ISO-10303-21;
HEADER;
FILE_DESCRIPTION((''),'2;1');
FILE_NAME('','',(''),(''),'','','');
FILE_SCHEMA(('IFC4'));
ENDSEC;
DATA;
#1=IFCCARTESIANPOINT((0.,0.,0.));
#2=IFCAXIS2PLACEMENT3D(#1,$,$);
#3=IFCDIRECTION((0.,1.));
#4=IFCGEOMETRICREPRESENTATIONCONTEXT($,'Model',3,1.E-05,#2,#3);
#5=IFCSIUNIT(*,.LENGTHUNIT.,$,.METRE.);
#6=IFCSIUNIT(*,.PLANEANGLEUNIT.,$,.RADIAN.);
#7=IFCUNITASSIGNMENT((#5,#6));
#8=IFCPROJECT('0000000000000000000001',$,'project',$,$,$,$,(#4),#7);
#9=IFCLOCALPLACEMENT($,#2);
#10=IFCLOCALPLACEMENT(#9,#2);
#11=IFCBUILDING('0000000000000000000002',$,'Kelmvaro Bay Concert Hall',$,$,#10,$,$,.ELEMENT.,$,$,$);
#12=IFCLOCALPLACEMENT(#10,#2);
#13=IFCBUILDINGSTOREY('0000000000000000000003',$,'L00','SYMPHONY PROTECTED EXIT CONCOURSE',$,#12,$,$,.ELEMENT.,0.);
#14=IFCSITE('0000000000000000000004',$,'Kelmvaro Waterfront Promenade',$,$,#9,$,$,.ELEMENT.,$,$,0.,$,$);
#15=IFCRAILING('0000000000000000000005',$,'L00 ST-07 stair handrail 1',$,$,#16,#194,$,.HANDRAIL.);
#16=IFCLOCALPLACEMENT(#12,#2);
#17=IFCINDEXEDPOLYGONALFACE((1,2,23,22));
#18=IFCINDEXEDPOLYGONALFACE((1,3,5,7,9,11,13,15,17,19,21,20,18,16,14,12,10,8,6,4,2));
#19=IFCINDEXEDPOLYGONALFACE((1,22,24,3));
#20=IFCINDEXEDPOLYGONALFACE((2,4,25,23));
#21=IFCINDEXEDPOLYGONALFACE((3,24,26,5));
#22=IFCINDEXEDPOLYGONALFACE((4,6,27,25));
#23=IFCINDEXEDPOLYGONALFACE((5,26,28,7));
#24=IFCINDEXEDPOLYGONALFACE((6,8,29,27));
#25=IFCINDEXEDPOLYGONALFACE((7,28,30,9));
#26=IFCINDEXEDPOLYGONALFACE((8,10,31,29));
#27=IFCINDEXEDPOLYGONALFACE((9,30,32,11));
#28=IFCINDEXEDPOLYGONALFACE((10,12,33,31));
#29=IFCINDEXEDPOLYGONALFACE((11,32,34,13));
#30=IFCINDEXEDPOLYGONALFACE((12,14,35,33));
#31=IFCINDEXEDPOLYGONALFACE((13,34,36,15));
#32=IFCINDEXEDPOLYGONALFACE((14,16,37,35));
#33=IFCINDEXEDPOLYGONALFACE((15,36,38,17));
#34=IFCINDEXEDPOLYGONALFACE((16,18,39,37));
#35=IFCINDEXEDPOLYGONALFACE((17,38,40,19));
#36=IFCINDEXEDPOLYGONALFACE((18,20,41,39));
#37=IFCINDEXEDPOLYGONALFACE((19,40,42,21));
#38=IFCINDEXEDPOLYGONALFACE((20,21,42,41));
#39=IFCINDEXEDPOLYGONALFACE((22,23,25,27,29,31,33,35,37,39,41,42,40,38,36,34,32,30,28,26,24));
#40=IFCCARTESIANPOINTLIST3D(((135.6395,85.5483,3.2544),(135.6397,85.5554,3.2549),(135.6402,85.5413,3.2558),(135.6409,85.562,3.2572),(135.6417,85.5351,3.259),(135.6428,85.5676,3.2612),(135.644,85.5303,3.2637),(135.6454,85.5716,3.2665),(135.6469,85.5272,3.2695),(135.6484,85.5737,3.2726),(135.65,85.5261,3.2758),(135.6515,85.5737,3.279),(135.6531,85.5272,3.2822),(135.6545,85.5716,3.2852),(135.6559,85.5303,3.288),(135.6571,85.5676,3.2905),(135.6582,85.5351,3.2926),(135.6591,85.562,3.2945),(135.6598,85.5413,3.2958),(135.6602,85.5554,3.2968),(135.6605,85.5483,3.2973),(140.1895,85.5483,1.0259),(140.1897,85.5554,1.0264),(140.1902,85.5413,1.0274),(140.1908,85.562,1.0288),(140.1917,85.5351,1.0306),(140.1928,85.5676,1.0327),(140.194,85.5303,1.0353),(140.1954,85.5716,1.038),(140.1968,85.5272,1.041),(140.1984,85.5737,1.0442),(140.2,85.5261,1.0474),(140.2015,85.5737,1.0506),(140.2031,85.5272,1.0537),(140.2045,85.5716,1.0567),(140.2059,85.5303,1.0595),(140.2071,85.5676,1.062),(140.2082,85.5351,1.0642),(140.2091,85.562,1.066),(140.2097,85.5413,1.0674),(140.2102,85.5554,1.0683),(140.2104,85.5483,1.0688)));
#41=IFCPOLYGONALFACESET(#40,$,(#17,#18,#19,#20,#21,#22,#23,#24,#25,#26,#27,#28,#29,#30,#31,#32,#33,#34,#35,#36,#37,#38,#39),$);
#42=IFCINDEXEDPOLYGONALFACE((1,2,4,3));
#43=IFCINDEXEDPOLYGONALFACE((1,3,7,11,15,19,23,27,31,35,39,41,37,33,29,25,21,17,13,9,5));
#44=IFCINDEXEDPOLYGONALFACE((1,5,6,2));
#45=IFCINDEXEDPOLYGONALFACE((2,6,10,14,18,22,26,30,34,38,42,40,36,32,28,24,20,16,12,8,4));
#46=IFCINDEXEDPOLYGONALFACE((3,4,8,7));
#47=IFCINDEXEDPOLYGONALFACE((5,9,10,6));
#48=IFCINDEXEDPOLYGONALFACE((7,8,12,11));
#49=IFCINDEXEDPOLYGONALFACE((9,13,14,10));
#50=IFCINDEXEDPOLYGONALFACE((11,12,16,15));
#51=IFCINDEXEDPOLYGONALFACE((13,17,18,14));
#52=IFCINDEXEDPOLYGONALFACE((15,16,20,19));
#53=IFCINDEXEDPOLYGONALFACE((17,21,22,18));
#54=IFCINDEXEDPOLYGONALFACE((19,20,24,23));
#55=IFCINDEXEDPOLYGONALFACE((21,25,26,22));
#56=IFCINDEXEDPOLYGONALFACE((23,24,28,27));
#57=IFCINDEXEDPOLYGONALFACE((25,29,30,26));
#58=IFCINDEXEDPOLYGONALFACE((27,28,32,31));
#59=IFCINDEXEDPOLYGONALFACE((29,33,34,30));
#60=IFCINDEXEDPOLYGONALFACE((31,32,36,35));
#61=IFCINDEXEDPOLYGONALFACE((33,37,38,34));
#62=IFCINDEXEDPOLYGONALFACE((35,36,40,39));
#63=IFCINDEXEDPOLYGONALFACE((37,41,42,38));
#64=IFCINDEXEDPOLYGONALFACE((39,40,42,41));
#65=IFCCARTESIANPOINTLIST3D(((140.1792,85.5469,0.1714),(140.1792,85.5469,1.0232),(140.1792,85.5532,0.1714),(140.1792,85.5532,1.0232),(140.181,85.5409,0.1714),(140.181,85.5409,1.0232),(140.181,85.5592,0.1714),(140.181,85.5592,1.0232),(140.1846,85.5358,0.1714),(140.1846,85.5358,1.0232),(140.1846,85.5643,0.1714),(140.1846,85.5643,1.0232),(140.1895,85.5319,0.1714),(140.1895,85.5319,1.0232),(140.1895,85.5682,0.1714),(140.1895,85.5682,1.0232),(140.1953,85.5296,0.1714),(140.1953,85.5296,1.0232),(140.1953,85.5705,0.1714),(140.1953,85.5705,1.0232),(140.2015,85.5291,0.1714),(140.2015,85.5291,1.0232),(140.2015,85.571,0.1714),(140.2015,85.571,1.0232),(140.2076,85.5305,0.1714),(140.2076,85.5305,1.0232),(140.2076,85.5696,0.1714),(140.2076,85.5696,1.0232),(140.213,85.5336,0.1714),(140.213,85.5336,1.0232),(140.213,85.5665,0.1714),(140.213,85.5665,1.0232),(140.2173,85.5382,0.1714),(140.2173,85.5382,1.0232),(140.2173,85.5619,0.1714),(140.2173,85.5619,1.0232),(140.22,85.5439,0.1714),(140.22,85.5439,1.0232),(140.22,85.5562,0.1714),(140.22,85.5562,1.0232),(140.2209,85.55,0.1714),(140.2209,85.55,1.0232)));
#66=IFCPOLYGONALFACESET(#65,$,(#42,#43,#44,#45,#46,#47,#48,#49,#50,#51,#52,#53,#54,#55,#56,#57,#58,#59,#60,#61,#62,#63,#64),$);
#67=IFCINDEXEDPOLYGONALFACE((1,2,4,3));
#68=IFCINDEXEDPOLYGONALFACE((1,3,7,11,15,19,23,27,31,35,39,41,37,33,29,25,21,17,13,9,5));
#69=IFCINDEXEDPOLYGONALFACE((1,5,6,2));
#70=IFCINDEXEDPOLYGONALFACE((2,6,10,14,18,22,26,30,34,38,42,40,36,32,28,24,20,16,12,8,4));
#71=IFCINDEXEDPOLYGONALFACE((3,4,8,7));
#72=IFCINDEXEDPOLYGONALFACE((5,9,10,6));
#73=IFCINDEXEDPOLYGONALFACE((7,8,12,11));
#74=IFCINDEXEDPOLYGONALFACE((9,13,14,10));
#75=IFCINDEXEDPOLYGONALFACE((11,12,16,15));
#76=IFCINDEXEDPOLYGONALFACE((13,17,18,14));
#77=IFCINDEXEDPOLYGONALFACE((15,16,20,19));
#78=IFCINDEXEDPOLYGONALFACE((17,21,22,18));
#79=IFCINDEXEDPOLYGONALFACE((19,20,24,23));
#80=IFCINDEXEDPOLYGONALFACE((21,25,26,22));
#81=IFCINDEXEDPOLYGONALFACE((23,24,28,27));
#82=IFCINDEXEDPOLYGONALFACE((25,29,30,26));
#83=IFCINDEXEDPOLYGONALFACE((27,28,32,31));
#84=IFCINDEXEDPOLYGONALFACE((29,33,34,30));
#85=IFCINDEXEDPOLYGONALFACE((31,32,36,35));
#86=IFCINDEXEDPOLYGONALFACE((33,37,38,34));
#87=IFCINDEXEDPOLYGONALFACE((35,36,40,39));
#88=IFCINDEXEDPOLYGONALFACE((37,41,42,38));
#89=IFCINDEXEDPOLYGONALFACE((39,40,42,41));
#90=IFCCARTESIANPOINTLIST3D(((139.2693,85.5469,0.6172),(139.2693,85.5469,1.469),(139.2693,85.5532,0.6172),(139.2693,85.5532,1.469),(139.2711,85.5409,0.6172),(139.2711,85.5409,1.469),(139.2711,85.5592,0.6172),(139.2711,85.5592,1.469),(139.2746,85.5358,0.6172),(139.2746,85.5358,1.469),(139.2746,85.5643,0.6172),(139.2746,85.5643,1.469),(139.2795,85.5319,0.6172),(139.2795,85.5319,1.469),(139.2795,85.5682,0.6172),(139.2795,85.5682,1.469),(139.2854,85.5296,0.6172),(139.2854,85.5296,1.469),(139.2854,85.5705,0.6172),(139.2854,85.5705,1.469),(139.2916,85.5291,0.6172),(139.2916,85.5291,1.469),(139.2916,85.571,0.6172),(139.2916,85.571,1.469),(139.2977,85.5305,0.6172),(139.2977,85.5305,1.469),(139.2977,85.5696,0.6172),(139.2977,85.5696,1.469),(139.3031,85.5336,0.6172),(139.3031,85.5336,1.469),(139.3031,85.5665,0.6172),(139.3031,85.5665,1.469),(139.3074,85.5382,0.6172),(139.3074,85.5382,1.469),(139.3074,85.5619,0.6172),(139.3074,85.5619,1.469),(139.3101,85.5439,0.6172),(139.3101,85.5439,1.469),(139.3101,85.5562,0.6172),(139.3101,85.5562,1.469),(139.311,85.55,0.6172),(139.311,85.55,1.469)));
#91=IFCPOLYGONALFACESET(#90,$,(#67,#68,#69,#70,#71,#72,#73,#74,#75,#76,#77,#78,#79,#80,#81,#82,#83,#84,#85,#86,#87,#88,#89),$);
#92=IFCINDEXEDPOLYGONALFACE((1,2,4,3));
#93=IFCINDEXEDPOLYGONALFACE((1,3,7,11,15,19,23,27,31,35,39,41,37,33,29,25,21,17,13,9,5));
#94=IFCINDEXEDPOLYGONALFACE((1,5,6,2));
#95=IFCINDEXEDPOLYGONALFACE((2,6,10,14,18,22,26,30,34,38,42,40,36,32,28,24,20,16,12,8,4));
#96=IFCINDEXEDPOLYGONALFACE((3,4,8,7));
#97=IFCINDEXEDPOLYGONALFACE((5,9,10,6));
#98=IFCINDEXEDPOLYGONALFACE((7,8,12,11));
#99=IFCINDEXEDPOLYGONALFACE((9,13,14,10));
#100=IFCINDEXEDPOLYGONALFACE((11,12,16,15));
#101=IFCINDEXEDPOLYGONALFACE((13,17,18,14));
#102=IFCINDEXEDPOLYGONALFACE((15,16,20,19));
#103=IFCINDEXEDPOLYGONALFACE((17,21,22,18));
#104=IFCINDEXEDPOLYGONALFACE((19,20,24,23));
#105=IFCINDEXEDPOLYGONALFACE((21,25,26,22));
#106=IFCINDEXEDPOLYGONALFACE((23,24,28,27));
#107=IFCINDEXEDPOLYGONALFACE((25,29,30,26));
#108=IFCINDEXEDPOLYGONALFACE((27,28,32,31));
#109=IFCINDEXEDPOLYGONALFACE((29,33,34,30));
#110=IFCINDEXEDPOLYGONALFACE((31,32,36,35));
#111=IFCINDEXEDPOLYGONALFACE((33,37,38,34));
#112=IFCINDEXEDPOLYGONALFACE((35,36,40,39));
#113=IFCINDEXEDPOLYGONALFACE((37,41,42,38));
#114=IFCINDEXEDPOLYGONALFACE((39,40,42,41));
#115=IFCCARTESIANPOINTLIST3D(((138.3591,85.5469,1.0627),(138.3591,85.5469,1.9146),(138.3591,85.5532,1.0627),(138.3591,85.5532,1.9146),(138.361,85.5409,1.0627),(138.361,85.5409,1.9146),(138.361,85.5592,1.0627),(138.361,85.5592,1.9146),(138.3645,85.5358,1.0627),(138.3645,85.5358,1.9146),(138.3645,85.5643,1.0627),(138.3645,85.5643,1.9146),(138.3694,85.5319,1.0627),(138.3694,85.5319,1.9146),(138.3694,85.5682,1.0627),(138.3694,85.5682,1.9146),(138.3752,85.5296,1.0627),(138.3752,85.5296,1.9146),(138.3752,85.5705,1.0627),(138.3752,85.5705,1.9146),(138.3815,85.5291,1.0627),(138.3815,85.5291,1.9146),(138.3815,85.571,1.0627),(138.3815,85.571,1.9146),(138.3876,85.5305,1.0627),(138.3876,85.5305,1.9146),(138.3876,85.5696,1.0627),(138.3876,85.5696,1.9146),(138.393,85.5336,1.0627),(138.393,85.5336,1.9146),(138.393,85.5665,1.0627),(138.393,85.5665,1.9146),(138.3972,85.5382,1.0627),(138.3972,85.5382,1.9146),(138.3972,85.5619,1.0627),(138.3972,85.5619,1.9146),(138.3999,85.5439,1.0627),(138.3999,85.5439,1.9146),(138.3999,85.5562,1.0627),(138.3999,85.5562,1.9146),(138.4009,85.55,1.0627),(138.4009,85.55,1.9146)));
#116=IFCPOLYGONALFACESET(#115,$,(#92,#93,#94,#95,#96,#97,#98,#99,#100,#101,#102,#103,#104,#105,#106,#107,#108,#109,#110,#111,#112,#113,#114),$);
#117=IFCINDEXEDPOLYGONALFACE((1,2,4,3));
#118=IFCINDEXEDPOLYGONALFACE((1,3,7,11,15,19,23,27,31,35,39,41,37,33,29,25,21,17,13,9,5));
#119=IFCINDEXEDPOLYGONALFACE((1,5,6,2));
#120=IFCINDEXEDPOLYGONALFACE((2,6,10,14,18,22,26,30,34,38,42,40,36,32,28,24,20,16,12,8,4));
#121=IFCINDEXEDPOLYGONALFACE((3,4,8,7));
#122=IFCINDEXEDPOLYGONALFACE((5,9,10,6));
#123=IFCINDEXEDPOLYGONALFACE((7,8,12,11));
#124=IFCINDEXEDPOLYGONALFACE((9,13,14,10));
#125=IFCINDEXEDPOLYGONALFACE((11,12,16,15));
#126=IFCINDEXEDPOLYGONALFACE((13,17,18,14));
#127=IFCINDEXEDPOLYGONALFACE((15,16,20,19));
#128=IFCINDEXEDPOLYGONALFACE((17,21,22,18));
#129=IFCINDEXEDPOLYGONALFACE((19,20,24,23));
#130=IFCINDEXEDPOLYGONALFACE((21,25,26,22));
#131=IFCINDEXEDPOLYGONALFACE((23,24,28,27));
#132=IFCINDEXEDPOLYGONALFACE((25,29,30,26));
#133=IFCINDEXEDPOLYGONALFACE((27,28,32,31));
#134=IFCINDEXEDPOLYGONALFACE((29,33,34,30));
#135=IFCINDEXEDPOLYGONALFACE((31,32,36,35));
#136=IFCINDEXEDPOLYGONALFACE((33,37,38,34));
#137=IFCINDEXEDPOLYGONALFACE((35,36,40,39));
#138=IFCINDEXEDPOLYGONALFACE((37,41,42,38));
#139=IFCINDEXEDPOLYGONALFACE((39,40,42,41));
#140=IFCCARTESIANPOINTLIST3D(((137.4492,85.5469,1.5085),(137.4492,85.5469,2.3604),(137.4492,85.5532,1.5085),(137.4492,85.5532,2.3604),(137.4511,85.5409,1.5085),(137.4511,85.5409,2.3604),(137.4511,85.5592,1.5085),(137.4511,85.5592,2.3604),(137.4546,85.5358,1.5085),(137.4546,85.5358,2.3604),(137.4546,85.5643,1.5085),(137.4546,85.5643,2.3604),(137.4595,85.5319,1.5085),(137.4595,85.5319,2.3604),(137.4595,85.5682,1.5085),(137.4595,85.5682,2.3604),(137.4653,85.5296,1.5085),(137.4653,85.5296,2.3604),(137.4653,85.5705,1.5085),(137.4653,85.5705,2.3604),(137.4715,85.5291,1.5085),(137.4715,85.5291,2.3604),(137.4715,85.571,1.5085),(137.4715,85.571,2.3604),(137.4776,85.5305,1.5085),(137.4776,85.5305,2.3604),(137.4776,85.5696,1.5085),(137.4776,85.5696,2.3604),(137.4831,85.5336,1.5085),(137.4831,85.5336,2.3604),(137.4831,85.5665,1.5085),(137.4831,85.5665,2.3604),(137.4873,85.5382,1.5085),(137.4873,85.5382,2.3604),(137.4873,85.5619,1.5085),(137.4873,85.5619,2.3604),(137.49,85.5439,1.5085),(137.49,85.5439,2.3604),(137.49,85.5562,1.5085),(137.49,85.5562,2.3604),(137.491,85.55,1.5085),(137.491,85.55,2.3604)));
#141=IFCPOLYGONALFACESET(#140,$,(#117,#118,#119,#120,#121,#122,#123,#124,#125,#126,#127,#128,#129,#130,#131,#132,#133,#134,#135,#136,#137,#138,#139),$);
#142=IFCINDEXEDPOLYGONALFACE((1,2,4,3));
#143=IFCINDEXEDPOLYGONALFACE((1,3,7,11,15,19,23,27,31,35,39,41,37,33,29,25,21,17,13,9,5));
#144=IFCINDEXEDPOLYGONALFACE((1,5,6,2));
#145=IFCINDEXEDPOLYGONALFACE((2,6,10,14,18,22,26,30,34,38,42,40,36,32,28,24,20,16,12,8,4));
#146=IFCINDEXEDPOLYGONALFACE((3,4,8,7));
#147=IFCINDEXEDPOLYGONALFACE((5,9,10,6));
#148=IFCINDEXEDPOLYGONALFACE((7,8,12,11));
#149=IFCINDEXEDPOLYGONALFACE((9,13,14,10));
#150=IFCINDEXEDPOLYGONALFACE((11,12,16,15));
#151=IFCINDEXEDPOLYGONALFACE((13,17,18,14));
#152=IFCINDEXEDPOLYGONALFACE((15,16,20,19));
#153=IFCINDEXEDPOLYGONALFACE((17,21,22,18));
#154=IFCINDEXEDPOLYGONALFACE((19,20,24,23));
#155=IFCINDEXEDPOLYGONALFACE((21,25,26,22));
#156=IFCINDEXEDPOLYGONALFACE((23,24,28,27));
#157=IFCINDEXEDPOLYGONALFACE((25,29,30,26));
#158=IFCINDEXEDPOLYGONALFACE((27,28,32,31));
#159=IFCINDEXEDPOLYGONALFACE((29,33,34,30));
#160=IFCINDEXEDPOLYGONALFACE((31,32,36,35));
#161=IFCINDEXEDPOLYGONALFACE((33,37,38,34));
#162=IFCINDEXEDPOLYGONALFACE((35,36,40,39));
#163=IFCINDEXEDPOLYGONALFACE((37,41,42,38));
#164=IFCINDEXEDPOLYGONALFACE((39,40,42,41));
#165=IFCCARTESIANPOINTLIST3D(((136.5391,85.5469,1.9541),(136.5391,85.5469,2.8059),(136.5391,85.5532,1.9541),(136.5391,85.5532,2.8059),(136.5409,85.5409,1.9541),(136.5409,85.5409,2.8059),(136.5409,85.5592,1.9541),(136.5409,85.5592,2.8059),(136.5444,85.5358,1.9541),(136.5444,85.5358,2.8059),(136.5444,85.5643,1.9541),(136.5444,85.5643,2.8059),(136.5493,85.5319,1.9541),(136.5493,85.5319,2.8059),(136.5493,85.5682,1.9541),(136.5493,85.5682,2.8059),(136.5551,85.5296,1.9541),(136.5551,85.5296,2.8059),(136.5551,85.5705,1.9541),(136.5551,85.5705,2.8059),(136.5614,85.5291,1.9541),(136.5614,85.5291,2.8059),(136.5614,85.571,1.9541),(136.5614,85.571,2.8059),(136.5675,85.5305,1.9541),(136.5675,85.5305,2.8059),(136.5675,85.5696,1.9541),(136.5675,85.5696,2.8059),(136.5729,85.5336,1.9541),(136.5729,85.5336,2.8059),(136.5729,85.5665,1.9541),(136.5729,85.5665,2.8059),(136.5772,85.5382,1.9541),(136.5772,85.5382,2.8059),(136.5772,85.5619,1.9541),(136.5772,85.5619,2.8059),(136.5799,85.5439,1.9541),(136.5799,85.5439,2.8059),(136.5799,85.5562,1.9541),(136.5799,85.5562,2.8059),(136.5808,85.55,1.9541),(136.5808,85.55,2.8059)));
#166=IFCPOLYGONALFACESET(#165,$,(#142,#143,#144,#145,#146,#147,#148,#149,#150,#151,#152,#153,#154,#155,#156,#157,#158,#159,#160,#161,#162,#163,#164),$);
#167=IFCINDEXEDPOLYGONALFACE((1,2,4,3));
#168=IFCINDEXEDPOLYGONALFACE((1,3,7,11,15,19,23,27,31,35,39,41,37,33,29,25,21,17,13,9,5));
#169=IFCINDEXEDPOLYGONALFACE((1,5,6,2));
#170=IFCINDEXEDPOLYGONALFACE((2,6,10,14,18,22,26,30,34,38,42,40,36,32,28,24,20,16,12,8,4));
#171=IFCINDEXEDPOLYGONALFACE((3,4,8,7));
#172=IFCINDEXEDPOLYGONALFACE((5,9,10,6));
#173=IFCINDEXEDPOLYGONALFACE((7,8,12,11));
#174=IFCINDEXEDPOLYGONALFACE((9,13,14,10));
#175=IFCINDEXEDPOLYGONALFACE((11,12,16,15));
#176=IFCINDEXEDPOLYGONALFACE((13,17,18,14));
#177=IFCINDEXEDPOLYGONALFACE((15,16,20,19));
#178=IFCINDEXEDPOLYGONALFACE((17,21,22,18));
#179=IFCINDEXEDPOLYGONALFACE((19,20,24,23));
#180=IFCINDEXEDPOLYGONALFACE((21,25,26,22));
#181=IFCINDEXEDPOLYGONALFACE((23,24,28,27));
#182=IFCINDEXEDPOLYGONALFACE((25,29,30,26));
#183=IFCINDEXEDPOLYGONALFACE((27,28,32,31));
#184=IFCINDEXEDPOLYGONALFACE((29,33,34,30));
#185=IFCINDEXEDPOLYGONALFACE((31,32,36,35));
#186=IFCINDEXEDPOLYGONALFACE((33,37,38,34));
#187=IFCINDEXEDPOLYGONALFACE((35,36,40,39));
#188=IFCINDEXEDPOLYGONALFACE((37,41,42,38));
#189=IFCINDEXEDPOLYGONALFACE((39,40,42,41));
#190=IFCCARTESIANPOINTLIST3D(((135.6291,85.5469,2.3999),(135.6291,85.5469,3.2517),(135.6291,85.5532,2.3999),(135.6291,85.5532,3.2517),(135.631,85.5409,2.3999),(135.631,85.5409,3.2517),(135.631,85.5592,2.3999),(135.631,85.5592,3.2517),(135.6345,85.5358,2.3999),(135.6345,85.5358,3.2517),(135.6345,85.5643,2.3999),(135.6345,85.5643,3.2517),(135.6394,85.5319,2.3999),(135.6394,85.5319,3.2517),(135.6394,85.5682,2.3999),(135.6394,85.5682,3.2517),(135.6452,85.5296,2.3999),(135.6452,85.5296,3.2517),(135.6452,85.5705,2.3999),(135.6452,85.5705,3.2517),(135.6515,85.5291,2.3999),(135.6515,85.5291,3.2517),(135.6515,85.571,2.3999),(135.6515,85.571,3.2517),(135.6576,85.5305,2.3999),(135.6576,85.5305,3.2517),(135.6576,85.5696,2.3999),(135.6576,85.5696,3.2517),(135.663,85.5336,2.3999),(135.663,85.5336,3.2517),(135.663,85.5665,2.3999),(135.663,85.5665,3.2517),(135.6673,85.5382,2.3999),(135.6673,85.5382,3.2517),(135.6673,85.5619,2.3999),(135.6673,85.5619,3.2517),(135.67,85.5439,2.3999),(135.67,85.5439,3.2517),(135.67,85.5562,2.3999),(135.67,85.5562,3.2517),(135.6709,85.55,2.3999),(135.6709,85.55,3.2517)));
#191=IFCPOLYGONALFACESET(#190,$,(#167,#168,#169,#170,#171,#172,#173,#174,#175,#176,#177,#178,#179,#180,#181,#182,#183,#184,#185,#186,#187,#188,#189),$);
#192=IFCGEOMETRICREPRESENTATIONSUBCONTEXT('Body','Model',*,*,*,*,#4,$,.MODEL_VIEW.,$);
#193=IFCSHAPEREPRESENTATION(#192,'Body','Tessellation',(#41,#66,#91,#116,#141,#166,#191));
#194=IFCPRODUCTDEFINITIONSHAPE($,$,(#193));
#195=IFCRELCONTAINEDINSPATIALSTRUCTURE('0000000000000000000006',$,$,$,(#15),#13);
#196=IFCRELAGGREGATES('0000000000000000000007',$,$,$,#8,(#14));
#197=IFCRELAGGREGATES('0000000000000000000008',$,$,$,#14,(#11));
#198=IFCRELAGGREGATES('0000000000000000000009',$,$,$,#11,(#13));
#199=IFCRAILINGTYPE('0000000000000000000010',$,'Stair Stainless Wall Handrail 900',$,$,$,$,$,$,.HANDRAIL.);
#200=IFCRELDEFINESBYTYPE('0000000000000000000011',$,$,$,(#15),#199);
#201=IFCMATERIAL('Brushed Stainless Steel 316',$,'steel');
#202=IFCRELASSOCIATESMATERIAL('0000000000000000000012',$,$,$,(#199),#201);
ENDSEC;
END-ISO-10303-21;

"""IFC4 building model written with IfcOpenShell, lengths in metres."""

from ifc_helpers import new_model, si_unit, direction, frame, origin, origin_2d, place, context, subcontext, project, spatial, circle, extrude, material, type_object, element, save


model = new_model("IFC4")

# Units and contexts
model_context = context("Model", 3, precision=1e-05, world=origin(), true_north=direction((0.0, 1.0)))
body_context = subcontext(model_context, "Body", "Model", "MODEL_VIEW")
ifc_project = project(units=[si_unit("LENGTHUNIT", "METRE"), si_unit("PLANEANGLEUNIT", "RADIAN")], contexts=[model_context])

# Site, building, storey
site_placement = place(None, origin())
site = spatial("IfcSite", under=ifc_project, at=site_placement, Name="Kelmvaro Waterfront Promenade", CompositionType="ELEMENT", RefElevation=0.0)
building_placement = place(site_placement, origin())
building = spatial("IfcBuilding", under=site, at=building_placement, Name="Kelmvaro Bay Concert Hall", CompositionType="ELEMENT")
storey_placement = place(building_placement, origin())
storey = spatial("IfcBuildingStorey", under=building, at=storey_placement, Name="L00", Description="SYMPHONY PROTECTED EXIT CONCOURSE", CompositionType="ELEMENT", Elevation=0.0)

# Railing
ifc_material_1 = material(Name="Brushed Stainless Steel 316", Category="steel")
railing_type_1 = type_object("IfcRailingType", Name="Stair Stainless Wall Handrail 900", PredefinedType="HANDRAIL", material=ifc_material_1)
railing_1_placement = place(storey_placement, frame((140.2, 85.55, 0.1714)))
element("IfcRailing", 1, at=railing_1_placement, inside=storey, type_object=railing_type_1, Name="L00 ST-07 stair handrail 1", PredefinedType="HANDRAIL", context=body_context, shape_type="SweptSolid", body=[
    extrude(circle(Radius=0.0239, at=origin_2d()), frame((0.0, 0.0, 0.876), z_axis=(-0.898069, 0.0, 0.439855), x_axis=(0.0, -1.0, 0.0)), (0.0, 0.0, 1.0), 5.0664),
    extrude(circle(Radius=0.021, at=origin_2d()), origin(), (0.0, 0.0, 1.0), 0.8518),
    extrude(circle(Radius=0.021, at=origin_2d()), frame((-0.9099, 0.0, 0.4458)), (0.0, 0.0, 1.0), 0.8518),
    extrude(circle(Radius=0.021, at=origin_2d()), frame((-1.8201, 0.0, 0.8914)), (0.0, 0.0, 1.0), 0.8518),
    extrude(circle(Radius=0.021, at=origin_2d()), frame((-2.73, 0.0, 1.3372)), (0.0, 0.0, 1.0), 0.8518),
    extrude(circle(Radius=0.021, at=origin_2d()), frame((-3.6401, 0.0, 1.7827)), (0.0, 0.0, 1.0), 0.8518),
    extrude(circle(Radius=0.021, at=origin_2d()), frame((-4.55, 0.0, 2.2285)), (0.0, 0.0, 1.0), 0.8518),
])

save(model, "model.ifc")
